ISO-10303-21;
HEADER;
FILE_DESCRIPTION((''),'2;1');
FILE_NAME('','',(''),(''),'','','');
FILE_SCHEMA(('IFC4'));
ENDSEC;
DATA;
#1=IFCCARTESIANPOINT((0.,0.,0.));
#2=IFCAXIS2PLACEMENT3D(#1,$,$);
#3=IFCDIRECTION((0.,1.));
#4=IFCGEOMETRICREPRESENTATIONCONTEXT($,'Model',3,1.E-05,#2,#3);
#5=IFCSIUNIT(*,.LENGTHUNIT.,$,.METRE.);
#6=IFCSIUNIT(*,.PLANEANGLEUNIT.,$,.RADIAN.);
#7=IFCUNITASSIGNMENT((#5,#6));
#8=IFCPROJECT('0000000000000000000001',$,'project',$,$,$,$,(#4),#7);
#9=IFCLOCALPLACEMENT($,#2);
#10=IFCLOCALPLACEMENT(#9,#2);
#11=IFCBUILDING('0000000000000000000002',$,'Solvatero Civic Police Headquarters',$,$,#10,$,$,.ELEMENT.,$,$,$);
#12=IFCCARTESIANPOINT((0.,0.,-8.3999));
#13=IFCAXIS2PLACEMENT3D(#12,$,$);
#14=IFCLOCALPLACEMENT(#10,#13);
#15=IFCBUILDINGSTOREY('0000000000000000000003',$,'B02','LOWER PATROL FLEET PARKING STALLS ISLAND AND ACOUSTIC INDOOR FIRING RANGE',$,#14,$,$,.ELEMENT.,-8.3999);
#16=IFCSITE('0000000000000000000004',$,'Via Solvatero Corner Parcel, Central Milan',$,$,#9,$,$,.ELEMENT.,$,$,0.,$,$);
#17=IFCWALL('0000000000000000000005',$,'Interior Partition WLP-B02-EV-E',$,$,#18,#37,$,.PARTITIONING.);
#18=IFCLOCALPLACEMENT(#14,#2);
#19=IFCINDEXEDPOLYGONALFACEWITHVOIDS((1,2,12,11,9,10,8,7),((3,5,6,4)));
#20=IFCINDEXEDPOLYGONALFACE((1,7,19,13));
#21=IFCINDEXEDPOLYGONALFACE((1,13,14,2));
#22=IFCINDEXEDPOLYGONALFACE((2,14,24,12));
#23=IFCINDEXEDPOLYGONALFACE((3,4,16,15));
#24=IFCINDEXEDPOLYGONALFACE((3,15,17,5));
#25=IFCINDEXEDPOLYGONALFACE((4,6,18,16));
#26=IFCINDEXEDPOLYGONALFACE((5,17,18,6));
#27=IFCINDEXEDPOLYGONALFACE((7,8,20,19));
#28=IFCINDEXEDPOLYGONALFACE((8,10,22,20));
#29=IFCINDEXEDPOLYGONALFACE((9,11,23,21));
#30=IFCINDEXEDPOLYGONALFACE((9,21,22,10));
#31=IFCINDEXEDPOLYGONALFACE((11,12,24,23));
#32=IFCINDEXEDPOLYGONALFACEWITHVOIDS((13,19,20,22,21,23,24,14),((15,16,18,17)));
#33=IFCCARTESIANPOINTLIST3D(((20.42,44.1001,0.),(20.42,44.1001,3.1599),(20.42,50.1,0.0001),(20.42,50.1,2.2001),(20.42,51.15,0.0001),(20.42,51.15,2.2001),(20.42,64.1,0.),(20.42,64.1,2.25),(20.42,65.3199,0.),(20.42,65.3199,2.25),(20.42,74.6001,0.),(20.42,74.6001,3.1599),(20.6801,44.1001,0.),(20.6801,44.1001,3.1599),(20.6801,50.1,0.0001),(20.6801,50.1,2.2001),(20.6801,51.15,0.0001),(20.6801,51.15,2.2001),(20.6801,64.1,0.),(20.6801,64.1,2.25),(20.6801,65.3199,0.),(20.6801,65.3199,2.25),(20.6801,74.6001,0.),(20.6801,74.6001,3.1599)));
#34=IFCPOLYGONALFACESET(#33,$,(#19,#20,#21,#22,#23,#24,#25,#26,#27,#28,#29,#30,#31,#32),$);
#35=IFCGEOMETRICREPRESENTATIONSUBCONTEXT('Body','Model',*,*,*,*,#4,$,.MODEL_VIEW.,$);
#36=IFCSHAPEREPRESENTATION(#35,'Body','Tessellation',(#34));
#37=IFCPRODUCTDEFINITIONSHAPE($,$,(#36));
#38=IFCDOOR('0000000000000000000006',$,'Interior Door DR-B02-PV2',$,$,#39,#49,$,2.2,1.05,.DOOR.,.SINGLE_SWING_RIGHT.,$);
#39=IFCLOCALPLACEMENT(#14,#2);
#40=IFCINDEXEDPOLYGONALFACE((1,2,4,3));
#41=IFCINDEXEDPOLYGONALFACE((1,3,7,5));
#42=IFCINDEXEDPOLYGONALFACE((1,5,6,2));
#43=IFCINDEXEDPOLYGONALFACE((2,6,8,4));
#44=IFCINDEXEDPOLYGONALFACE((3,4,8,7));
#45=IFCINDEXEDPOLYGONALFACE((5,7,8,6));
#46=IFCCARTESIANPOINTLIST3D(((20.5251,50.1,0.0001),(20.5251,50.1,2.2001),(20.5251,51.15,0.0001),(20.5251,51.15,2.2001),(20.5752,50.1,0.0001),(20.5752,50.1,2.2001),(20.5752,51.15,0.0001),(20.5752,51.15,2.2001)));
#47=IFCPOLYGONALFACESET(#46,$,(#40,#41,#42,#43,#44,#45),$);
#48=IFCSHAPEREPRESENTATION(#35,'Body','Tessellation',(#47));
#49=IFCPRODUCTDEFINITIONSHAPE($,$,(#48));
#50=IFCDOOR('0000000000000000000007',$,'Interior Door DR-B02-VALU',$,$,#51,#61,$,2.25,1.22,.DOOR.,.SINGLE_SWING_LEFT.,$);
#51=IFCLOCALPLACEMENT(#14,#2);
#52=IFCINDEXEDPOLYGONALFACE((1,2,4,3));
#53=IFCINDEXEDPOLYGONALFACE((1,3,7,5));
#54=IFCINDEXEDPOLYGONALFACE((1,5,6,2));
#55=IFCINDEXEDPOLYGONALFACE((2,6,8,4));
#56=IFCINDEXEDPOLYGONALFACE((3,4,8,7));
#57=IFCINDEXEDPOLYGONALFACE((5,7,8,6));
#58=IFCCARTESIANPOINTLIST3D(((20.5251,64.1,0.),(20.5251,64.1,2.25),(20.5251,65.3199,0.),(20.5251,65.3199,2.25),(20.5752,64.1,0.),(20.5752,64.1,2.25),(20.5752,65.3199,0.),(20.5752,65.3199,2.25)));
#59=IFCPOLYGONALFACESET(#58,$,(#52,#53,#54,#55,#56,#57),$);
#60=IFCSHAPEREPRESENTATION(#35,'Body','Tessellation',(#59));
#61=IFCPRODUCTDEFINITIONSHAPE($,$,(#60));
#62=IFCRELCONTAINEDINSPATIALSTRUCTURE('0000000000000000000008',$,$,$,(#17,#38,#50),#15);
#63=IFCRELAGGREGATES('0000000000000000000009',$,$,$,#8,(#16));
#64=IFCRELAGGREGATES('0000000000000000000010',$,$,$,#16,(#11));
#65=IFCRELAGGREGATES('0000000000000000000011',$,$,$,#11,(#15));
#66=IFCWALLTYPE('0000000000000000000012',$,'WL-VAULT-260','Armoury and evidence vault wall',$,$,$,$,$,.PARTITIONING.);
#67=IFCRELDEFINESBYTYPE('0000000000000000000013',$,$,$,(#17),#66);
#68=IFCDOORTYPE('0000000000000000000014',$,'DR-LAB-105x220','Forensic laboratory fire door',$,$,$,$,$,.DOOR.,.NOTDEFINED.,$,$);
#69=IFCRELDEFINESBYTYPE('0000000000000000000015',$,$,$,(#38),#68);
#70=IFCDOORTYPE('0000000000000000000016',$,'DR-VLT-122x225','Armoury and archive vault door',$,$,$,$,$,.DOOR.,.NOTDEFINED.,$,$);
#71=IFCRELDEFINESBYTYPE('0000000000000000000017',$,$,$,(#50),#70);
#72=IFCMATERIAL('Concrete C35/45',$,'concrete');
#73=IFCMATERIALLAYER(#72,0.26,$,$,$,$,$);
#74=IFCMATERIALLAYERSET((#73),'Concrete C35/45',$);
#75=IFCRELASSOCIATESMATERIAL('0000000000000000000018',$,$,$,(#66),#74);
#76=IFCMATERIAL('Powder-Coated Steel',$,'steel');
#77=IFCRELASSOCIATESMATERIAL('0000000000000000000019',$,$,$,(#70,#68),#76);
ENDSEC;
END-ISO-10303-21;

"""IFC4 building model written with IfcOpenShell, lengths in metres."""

from ifc_helpers import new_model, si_unit, direction, frame, frame_2d, origin, place, context, subcontext, project, spatial, rectangle, extrude, material, layer, layer_set, type_object, element, fill, save


model = new_model("IFC4")

# Units and contexts
model_context = context("Model", 3, precision=1e-05, world=origin(), true_north=direction((0.0, 1.0)))
body_context = subcontext(model_context, "Body", "Model", "MODEL_VIEW")
ifc_project = project(units=[si_unit("LENGTHUNIT", "METRE"), si_unit("PLANEANGLEUNIT", "RADIAN")], contexts=[model_context])

# Site, building, storey
site_placement = place(None, origin())
site = spatial("IfcSite", under=ifc_project, at=site_placement, Name="Via Solvatero Corner Parcel, Central Milan", CompositionType="ELEMENT", RefElevation=0.0)
building_placement = place(site_placement, origin())
building = spatial("IfcBuilding", under=site, at=building_placement, Name="Solvatero Civic Police Headquarters", CompositionType="ELEMENT")
storey_placement = place(building_placement, frame((0.0, 0.0, -8.3999)))
storey = spatial("IfcBuildingStorey", under=building, at=storey_placement, Name="B02", Description="LOWER PATROL FLEET PARKING STALLS ISLAND AND ACOUSTIC INDOOR FIRING RANGE", CompositionType="ELEMENT", Elevation=-8.3999)

# Shared definitions
ifc_material_1 = material(Name="Concrete C35/45", Category="concrete")

# Wall, openings, doors
ifc_layer_1 = layer(ifc_material_1, 0.26)
ifc_layer_set_1 = layer_set([ifc_layer_1], Name="Concrete C35/45")
wall_type_1 = type_object("IfcWallType", Name="WL-VAULT-260", Description="Armoury and evidence vault wall", PredefinedType="PARTITIONING", material=ifc_layer_set_1)
ifc_material_2 = material(Name="Powder-Coated Steel", Category="steel")
door_type_1 = type_object("IfcDoorType", Name="DR-VLT-122x225", Description="Armoury and archive vault door", OperationType="NOTDEFINED", PredefinedType="DOOR", material=ifc_material_2)
wall_1_placement = place(storey_placement, frame((20.55, 44.1001, 0.0), z_axis=(0.0, 0.0, 1.0), x_axis=(0.0, 1.0, 0.0)))
wall_1 = element("IfcWall", 1, at=wall_1_placement, inside=storey, type_object=wall_type_1, Name="Interior Partition WLP-B02-EV-E", PredefinedType="PARTITIONING", context=body_context, shape_type="SweptSolid", body=[
    extrude(rectangle(XDim=30.5, YDim=0.26, at=frame_2d((15.25, 0.0))), origin(), (0.0, 0.0, 1.0), 3.1599),
])
opening_1_placement = place(wall_1_placement, frame((6.0, 0.0, 0.0)))
opening_1 = element("IfcOpeningElement", 2, at=opening_1_placement, cuts=wall_1, PredefinedType="OPENING", context=body_context, shape_type="SweptSolid", body=[
    extrude(rectangle(XDim=1.05, YDim=2.2, at=frame_2d((0.5249, 1.1001))), frame((0.0, 0.1399, 0.0), z_axis=(0.0, -1.0, 0.0), x_axis=(1.0, 0.0, 0.0)), (0.0, 0.0, 1.0), 0.28),
])
opening_2_placement = place(wall_1_placement, frame((20.0, 0.0, 0.0)))
opening_2 = element("IfcOpeningElement", 3, at=opening_2_placement, cuts=wall_1, PredefinedType="OPENING", context=body_context, shape_type="SweptSolid", body=[
    extrude(rectangle(XDim=1.22, YDim=2.25, at=frame_2d((0.6099, 1.125))), frame((0.0, 0.1399, 0.0), z_axis=(0.0, -1.0, 0.0), x_axis=(1.0, 0.0, 0.0)), (0.0, 0.0, 1.0), 0.28),
])
door_type_2 = type_object("IfcDoorType", Name="DR-LAB-105x220", Description="Forensic laboratory fire door", OperationType="NOTDEFINED", PredefinedType="DOOR", material=ifc_material_2)
door_1_placement = place(opening_1_placement, origin())
door_1 = element("IfcDoor", 4, at=door_1_placement, inside=storey, type_object=door_type_2, Name="Interior Door DR-B02-PV2", OperationType="SINGLE_SWING_RIGHT", OverallHeight=2.2, OverallWidth=1.05, PredefinedType="DOOR", context=body_context, shape_type="SweptSolid", body=[
    extrude(rectangle(XDim=1.05, YDim=2.2, at=frame_2d((0.5249, 1.1001))), frame((0.0, 0.0249, 0.0), z_axis=(0.0, -1.0, 0.0), x_axis=(1.0, 0.0, 0.0)), (0.0, 0.0, 1.0), 0.05),
])
fill(opening_1, door_1)
door_2_placement = place(opening_2_placement, origin())
door_2 = element("IfcDoor", 5, at=door_2_placement, inside=storey, type_object=door_type_1, Name="Interior Door DR-B02-VALU", OperationType="SINGLE_SWING_LEFT", OverallHeight=2.25, OverallWidth=1.22, PredefinedType="DOOR", context=body_context, shape_type="SweptSolid", body=[
    extrude(rectangle(XDim=1.22, YDim=2.25, at=frame_2d((0.6099, 1.125))), frame((0.0, 0.0249, 0.0), z_axis=(0.0, -1.0, 0.0), x_axis=(1.0, 0.0, 0.0)), (0.0, 0.0, 1.0), 0.05),
])
fill(opening_2, door_2)

save(model, "model.ifc")
